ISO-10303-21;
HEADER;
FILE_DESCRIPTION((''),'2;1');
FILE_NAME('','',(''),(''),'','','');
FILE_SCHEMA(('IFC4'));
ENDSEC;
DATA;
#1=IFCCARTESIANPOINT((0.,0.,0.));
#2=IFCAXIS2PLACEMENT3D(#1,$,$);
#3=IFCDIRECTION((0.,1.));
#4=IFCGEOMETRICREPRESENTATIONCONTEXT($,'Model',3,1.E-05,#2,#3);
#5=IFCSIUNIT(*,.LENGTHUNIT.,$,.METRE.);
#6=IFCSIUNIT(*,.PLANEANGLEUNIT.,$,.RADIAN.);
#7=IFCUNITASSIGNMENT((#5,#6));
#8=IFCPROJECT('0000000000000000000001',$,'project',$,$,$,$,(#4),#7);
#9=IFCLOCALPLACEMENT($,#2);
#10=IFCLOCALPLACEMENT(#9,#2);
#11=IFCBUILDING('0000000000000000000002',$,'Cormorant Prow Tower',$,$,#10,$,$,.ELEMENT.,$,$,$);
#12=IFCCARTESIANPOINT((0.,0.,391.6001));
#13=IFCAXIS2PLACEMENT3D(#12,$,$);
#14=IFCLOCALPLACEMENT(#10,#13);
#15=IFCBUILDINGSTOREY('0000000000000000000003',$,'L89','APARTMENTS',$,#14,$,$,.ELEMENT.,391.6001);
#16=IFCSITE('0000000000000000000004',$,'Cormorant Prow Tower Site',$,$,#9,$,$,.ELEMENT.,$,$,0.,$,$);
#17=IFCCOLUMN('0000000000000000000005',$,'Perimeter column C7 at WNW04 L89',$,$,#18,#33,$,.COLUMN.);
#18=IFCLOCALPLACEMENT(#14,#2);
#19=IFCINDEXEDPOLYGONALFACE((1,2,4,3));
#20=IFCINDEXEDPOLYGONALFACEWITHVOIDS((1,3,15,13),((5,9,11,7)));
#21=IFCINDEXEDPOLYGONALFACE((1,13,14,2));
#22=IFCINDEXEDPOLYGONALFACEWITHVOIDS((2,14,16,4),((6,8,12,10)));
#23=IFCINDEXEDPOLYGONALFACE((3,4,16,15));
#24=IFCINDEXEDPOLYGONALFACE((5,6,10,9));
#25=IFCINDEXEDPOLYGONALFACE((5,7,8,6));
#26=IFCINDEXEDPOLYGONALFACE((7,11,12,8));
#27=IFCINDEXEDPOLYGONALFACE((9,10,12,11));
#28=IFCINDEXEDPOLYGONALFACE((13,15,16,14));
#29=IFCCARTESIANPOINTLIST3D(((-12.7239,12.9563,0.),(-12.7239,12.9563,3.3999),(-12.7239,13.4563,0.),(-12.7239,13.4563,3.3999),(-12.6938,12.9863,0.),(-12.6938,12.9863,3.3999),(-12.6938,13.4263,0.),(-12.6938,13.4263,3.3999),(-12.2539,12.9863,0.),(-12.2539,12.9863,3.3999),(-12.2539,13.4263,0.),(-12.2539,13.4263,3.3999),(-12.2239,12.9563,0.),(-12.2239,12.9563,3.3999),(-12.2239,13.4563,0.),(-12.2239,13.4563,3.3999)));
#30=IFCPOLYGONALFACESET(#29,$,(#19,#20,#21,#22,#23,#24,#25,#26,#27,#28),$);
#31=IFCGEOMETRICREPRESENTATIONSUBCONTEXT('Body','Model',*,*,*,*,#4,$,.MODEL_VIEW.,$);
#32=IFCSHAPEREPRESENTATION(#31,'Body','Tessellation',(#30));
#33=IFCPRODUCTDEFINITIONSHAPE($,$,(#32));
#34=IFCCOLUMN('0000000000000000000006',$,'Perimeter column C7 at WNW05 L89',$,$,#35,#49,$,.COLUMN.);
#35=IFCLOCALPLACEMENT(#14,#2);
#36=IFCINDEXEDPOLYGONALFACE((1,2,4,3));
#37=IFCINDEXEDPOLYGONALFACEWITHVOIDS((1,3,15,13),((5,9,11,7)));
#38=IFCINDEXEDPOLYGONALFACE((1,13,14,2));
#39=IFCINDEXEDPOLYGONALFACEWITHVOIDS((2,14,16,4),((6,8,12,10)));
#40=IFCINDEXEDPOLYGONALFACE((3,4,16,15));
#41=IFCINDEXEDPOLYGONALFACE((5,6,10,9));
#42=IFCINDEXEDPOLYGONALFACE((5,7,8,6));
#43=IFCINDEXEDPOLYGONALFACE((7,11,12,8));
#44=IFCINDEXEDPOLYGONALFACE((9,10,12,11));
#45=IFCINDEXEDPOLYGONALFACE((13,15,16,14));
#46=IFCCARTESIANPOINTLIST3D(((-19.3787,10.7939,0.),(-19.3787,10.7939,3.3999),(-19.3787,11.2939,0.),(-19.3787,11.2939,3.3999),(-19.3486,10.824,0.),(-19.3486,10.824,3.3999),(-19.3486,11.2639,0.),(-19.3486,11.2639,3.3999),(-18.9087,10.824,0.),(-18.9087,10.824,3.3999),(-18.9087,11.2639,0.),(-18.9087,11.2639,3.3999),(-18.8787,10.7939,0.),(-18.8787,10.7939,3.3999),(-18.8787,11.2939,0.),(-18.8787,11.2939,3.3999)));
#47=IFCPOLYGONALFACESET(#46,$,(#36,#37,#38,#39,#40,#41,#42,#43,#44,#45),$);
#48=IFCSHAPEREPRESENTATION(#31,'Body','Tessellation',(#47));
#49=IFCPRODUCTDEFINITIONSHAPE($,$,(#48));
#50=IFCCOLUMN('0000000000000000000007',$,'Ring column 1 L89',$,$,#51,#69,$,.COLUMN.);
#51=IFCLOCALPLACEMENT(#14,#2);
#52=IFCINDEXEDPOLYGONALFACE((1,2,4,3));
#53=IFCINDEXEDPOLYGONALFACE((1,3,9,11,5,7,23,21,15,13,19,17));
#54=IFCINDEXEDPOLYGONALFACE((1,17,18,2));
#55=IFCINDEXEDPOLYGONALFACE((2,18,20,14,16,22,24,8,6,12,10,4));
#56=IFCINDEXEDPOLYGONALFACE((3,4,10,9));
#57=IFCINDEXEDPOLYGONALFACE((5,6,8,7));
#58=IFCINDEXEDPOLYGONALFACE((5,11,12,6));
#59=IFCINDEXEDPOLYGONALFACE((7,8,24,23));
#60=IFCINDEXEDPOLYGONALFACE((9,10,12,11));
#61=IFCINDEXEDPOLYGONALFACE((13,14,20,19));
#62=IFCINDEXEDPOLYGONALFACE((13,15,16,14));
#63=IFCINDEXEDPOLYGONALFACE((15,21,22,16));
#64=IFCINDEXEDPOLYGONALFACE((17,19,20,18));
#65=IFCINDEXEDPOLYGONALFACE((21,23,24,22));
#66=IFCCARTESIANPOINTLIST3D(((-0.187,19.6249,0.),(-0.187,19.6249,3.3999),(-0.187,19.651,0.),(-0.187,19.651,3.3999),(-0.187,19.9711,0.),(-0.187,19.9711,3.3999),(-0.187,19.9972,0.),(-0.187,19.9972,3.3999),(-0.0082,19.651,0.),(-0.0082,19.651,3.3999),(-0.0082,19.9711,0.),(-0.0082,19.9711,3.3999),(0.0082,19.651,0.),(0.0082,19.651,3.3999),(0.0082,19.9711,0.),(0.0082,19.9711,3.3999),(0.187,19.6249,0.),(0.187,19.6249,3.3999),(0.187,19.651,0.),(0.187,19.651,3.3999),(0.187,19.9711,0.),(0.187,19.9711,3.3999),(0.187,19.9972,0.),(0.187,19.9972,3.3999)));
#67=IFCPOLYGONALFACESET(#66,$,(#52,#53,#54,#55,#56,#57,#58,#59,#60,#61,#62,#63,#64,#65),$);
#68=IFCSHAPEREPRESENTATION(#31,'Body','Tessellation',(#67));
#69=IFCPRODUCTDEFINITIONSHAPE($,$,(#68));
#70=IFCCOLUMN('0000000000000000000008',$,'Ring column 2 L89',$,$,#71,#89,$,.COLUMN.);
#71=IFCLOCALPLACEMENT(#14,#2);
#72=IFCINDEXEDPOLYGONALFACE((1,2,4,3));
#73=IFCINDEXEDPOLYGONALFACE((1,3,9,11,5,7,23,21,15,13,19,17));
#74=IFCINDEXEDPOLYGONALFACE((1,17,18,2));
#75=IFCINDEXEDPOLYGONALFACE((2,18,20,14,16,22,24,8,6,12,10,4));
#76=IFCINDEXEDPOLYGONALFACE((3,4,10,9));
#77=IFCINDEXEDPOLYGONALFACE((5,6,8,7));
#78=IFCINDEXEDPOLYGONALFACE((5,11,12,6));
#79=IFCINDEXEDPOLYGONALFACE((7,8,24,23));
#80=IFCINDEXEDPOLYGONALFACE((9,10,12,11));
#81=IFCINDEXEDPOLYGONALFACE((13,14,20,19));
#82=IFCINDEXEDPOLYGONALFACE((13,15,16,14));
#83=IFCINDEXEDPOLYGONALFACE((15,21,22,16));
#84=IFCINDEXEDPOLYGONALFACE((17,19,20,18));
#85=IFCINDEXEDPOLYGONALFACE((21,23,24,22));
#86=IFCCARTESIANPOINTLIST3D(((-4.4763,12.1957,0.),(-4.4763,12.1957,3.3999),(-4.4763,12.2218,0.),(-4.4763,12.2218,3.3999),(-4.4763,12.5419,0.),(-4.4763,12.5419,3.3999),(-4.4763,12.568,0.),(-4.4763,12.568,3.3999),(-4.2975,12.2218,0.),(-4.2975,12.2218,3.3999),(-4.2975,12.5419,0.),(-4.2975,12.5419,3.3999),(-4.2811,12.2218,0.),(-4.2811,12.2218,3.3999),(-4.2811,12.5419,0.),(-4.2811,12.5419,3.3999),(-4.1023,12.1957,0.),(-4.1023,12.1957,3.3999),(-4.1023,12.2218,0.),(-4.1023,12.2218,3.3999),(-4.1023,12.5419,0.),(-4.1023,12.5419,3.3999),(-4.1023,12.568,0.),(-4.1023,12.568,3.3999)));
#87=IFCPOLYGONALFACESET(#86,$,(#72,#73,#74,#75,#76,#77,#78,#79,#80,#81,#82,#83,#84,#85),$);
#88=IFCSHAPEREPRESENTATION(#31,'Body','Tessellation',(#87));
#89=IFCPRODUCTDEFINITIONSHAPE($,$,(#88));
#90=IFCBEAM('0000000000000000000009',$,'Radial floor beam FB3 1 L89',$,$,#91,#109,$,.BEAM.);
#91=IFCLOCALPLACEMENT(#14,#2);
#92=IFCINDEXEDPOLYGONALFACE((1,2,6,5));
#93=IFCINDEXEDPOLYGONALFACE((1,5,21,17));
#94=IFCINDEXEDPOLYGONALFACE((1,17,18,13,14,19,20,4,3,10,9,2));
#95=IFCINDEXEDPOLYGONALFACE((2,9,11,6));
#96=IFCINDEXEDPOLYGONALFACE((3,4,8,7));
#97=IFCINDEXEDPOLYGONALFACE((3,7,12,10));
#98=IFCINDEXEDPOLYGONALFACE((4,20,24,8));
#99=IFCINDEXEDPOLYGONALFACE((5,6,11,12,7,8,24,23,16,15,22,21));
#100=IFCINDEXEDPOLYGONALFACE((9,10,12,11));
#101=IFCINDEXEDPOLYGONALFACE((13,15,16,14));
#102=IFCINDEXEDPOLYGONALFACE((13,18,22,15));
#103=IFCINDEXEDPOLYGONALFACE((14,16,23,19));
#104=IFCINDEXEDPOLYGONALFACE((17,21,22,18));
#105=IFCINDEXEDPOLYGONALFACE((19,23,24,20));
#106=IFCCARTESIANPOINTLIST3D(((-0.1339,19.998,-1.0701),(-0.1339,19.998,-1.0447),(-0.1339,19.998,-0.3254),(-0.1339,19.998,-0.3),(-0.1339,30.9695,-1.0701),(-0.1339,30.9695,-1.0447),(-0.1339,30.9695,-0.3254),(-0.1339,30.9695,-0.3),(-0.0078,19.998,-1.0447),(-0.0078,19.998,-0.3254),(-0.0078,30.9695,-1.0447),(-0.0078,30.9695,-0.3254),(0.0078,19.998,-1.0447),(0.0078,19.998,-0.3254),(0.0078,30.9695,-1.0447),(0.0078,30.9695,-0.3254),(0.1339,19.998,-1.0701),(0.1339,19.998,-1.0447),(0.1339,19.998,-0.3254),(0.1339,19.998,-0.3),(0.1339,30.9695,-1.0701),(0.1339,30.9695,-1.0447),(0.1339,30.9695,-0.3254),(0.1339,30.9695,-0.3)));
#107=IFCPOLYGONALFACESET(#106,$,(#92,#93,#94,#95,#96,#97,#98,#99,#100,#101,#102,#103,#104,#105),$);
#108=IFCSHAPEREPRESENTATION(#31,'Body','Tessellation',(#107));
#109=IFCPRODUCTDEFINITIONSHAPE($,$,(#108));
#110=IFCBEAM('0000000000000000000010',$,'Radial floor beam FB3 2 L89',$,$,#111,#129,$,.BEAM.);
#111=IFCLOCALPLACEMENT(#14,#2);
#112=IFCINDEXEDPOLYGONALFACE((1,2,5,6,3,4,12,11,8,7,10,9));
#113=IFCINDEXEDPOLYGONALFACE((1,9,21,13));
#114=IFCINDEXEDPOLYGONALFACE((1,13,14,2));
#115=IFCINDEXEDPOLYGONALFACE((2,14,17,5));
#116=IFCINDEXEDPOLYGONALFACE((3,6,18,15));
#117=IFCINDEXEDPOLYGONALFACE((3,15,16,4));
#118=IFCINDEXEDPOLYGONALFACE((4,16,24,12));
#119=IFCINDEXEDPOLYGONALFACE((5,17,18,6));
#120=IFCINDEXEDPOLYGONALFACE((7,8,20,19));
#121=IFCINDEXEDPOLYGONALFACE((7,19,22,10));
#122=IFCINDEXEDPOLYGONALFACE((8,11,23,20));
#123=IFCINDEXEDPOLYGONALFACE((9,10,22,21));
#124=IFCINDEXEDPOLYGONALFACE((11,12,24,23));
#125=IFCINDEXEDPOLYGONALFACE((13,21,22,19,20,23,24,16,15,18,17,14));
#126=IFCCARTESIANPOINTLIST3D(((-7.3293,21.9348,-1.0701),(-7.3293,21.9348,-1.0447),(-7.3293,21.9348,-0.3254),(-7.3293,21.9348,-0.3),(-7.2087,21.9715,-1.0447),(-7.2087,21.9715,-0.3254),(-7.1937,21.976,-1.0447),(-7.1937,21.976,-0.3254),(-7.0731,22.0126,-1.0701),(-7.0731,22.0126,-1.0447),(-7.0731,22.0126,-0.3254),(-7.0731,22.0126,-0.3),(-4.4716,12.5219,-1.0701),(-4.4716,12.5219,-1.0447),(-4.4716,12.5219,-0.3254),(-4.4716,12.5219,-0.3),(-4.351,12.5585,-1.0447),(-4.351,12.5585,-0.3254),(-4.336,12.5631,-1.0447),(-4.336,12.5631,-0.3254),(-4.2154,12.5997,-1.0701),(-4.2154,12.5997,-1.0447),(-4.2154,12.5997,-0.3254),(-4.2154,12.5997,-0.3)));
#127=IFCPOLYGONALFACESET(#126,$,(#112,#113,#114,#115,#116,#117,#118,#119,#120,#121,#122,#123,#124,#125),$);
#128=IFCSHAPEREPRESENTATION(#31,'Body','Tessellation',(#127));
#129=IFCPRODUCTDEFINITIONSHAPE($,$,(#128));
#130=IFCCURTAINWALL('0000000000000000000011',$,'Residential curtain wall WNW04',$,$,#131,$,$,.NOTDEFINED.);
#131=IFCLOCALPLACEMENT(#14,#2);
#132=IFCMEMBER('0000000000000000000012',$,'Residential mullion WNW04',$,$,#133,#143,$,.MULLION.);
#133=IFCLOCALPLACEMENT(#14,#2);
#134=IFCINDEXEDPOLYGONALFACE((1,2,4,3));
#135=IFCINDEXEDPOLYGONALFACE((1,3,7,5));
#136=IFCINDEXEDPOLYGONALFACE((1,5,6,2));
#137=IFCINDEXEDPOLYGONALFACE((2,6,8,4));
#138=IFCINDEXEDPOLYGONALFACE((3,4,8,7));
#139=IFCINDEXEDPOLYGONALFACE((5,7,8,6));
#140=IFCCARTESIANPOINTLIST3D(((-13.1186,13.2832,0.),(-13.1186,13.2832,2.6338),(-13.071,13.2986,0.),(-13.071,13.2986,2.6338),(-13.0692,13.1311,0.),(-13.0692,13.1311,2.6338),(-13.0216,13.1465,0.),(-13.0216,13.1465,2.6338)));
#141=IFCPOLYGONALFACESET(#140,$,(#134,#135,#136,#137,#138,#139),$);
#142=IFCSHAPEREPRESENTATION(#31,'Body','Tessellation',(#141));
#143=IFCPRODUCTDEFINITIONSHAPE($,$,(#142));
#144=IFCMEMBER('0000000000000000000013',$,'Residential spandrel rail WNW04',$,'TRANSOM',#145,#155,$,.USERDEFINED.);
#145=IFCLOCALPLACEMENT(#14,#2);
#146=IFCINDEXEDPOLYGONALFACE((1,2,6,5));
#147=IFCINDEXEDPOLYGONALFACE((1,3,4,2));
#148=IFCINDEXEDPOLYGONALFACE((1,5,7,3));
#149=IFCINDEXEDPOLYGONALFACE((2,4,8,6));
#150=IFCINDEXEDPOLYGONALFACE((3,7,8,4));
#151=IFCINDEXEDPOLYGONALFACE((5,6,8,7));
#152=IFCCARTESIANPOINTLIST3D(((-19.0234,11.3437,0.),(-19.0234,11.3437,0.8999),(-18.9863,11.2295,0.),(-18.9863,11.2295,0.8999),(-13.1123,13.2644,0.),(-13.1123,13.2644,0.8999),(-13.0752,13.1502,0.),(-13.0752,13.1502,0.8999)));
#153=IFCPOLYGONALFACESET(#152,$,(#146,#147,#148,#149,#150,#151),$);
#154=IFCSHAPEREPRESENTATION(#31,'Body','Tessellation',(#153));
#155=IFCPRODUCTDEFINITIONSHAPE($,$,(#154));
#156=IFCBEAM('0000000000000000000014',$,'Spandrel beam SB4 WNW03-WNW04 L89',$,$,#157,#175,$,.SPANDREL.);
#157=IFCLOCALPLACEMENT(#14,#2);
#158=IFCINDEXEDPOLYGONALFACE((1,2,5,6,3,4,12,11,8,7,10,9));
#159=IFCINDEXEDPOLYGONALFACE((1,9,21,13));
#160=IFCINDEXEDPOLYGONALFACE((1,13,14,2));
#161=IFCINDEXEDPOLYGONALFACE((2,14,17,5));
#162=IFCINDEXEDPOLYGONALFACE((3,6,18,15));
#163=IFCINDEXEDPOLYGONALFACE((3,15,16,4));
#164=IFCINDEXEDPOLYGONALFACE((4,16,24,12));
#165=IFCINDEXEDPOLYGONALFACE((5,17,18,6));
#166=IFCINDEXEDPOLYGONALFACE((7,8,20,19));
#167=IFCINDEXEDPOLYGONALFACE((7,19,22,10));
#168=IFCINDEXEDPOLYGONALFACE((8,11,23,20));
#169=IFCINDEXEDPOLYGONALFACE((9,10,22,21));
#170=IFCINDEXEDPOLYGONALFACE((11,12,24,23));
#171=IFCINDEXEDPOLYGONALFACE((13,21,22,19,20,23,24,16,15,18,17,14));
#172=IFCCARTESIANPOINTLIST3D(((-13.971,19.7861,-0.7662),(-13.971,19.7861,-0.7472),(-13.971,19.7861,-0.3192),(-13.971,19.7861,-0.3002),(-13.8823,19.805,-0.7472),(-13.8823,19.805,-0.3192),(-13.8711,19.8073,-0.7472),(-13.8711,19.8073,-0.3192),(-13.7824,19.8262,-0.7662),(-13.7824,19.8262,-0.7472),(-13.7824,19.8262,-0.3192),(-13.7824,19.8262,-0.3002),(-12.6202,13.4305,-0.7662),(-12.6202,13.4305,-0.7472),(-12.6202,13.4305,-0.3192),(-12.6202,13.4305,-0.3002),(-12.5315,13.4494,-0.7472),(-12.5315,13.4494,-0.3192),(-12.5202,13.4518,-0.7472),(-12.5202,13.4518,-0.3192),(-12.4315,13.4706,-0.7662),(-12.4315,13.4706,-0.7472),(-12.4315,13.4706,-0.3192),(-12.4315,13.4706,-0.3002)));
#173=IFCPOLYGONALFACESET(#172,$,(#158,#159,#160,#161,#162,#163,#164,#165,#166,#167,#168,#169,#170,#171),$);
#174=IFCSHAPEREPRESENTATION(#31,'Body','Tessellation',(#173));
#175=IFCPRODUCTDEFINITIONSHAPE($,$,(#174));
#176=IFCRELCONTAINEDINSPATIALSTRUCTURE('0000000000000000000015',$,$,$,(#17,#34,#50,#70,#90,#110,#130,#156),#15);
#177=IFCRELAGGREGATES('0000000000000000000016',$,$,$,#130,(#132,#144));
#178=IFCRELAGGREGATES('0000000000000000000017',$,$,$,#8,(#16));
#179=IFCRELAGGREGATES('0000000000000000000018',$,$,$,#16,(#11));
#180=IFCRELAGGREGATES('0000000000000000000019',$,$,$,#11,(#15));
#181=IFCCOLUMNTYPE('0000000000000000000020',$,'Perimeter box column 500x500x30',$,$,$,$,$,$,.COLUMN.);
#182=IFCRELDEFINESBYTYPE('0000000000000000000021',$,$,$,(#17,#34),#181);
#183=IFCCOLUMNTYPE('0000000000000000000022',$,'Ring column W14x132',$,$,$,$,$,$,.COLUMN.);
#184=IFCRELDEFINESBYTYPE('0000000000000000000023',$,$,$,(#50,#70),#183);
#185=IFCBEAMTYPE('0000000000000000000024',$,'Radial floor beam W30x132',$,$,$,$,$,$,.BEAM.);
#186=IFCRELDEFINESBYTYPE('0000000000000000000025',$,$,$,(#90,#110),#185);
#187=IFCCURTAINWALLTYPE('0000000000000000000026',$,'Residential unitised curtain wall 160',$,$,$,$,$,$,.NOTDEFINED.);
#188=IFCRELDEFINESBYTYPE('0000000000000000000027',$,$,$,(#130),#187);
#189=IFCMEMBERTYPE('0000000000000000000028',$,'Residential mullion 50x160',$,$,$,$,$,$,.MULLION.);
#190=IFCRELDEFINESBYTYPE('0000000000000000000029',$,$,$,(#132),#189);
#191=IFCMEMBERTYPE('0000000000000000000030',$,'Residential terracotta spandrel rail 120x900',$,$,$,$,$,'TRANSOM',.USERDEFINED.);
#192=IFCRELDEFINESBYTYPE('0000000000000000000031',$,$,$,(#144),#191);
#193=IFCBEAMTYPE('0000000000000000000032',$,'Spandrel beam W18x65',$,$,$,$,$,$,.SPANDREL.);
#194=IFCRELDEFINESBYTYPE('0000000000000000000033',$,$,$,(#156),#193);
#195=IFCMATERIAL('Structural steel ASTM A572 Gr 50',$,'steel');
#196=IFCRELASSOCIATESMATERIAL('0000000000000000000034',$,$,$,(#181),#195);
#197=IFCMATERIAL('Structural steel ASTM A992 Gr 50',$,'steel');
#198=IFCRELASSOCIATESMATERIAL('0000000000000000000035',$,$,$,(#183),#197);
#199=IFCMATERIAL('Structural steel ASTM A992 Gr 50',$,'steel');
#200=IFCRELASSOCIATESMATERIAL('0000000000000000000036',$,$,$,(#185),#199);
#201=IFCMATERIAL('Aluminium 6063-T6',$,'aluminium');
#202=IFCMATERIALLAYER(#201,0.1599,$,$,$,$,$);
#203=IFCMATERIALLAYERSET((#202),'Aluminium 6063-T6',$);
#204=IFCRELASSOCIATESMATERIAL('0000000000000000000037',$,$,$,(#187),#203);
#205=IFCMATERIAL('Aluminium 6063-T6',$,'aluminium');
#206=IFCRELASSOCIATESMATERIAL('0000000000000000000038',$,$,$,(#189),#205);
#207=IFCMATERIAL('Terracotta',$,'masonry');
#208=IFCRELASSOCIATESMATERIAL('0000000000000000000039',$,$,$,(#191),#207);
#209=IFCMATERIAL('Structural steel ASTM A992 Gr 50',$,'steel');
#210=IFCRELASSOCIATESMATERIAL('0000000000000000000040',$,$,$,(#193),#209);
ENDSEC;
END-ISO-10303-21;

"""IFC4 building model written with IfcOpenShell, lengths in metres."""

from ifc_helpers import new_model, si_unit, direction, frame, origin, origin_2d, place, context, subcontext, project, spatial, rectangle, hollow_rectangle, i_section, extrude, material, layer, layer_set, material_profile, profile_set, type_object, element, aggregate, save


model = new_model("IFC4")

# Units and contexts
model_context = context("Model", 3, precision=1e-05, world=origin(), true_north=direction((0.0, 1.0)))
body_context = subcontext(model_context, "Body", "Model", "MODEL_VIEW")
ifc_project = project(units=[si_unit("LENGTHUNIT", "METRE"), si_unit("PLANEANGLEUNIT", "RADIAN")], contexts=[model_context])

# Site, building, storey
site_placement = place(None, origin())
site = spatial("IfcSite", under=ifc_project, at=site_placement, Name="Cormorant Prow Tower Site", CompositionType="ELEMENT", RefElevation=0.0)
building_placement = place(site_placement, origin())
building = spatial("IfcBuilding", under=site, at=building_placement, Name="Cormorant Prow Tower", CompositionType="ELEMENT")
storey_placement = place(building_placement, frame((0.0, 0.0, 391.6001)))
storey = spatial("IfcBuildingStorey", under=building, at=storey_placement, Name="L89", Description="APARTMENTS", CompositionType="ELEMENT", Elevation=391.6001)

# Columns
ifc_material_1 = material(Name="Structural steel ASTM A572 Gr 50", Category="steel")
ifc_material_profile_1 = material_profile(ifc_material_1, hollow_rectangle(XDim=0.5, YDim=0.5, WallThickness=0.03, at=origin_2d()), Name="Box 500x500x30")
ifc_profile_set_1 = profile_set([ifc_material_profile_1], Name="Structural steel ASTM A572 Gr 50")
column_type_1 = type_object("IfcColumnType", Name="Perimeter box column 500x500x30", PredefinedType="COLUMN", material=ifc_profile_set_1)
for number, where, z_axis, x_axis, name in (
    (1, (-12.4739, 13.2063, 0.0), (0.0, 0.0, 1.0), (1.0, 0.0, 0.0), "Perimeter column C7 at WNW04 L89"),
    (2, (-19.1287, 11.0439, 0.0), (0.0, 0.0, 1.0), (1.0, 0.0, 0.0), "Perimeter column C7 at WNW05 L89"),
):
    element("IfcColumn", number, at=place(storey_placement, frame(where, z_axis=z_axis, x_axis=x_axis)), inside=storey, type_object=column_type_1, Name=name, PredefinedType="COLUMN", context=body_context, shape_type="SweptSolid", body=[
        extrude(hollow_rectangle(XDim=0.5, YDim=0.5, WallThickness=0.03, at=origin_2d()), origin(), (0.0, 0.0, 1.0), 3.3999),
    ])
ifc_material_2 = material(Name="Structural steel ASTM A992 Gr 50", Category="steel")
ifc_material_profile_2 = material_profile(ifc_material_2, i_section(OverallWidth=0.374, OverallDepth=0.3723, WebThickness=0.0164, FlangeThickness=0.0261, at=origin_2d()), Name="W14x132")
ifc_profile_set_2 = profile_set([ifc_material_profile_2], Name="Structural steel ASTM A992 Gr 50")
column_type_2 = type_object("IfcColumnType", Name="Ring column W14x132", PredefinedType="COLUMN", material=ifc_profile_set_2)
for number, where, z_axis, x_axis, name in (
    (3, (0.0, 19.811, 0.0), (0.0, 0.0, 1.0), (1.0, 0.0, 0.0), "Ring column 1 L89"),
    (4, (-4.2893, 12.3818, 0.0), (0.0, 0.0, 1.0), (1.0, 0.0, 0.0), "Ring column 2 L89"),
):
    element("IfcColumn", number, at=place(storey_placement, frame(where, z_axis=z_axis, x_axis=x_axis)), inside=storey, type_object=column_type_2, Name=name, PredefinedType="COLUMN", context=body_context, shape_type="SweptSolid", body=[
        extrude(i_section(OverallWidth=0.374, OverallDepth=0.3723, WebThickness=0.0164, FlangeThickness=0.0261, at=origin_2d()), origin(), (0.0, 0.0, 1.0), 3.3999),
    ])

# Beams
ifc_material_3 = material(Name="Structural steel ASTM A992 Gr 50", Category="steel")
ifc_material_profile_3 = material_profile(ifc_material_3, i_section(OverallWidth=0.2678, OverallDepth=0.77, WebThickness=0.0156, FlangeThickness=0.0254, at=origin_2d()), Name="W30x132")
ifc_profile_set_3 = profile_set([ifc_material_profile_3], Name="Structural steel ASTM A992 Gr 50")
beam_type_1 = type_object("IfcBeamType", Name="Radial floor beam W30x132", PredefinedType="BEAM", material=ifc_profile_set_3)
beam_1_placement = place(storey_placement, frame((0.0, 19.998, -0.6851), z_axis=(0.0, 1.0, 0.0), x_axis=(-1.0, 0.0, 0.0)))
element("IfcBeam", 5, at=beam_1_placement, inside=storey, type_object=beam_type_1, Name="Radial floor beam FB3 1 L89", PredefinedType="BEAM", context=body_context, shape_type="SweptSolid", body=[
    extrude(i_section(OverallWidth=0.2678, OverallDepth=0.77, WebThickness=0.0156, FlangeThickness=0.0254, at=origin_2d()), origin(), (0.0, 0.0, 1.0), 10.9714),
])
beam_2_placement = place(storey_placement, frame((-4.3435, 12.5608, -0.6851), z_axis=(-0.2905, 0.956875, 0.0), x_axis=(-0.956875, -0.2905, 0.0)))
element("IfcBeam", 6, at=beam_2_placement, inside=storey, type_object=beam_type_1, Name="Radial floor beam FB3 2 L89", PredefinedType="BEAM", context=body_context, shape_type="SweptSolid", body=[
    extrude(i_section(OverallWidth=0.2678, OverallDepth=0.77, WebThickness=0.0156, FlangeThickness=0.0254, at=origin_2d()), origin(), (0.0, 0.0, 1.0), 9.8372),
])

# Curtain wall, members
ifc_material_4 = material(Name="Aluminium 6063-T6", Category="aluminium")
ifc_layer_1 = layer(ifc_material_4, 0.1599)
ifc_layer_set_1 = layer_set([ifc_layer_1], Name="Aluminium 6063-T6")
curtain_wall_type = type_object("IfcCurtainWallType", Name="Residential unitised curtain wall 160", PredefinedType="NOTDEFINED", material=ifc_layer_set_1)
curtain_wall_placement = place(storey_placement, origin())
curtain_wall = element("IfcCurtainWall", 7, at=curtain_wall_placement, inside=storey, type_object=curtain_wall_type, Name="Residential curtain wall WNW04", PredefinedType="NOTDEFINED")
ifc_material_5 = material(Name="Aluminium 6063-T6", Category="aluminium")
ifc_material_profile_4 = material_profile(ifc_material_5, rectangle(XDim=0.1599, YDim=0.05, at=origin_2d()), Name="Residential mullion 50x160")
ifc_profile_set_4 = profile_set([ifc_material_profile_4], Name="Aluminium 6063-T6")
member_type_1 = type_object("IfcMemberType", Name="Residential mullion 50x160", PredefinedType="MULLION", material=ifc_profile_set_4)
member_1_placement = place(storey_placement, frame((-13.0701, 13.2148, 0.0), z_axis=(0.0, 0.0, 1.0), x_axis=(0.309017, -0.951056, 0.0)))
member_1 = element("IfcMember", 8, at=member_1_placement, type_object=member_type_1, Name="Residential mullion WNW04", PredefinedType="MULLION", context=body_context, shape_type="SweptSolid", body=[
    extrude(rectangle(XDim=0.1599, YDim=0.05, at=origin_2d()), origin(), (0.0, 0.0, 1.0), 2.6338),
])
ifc_material_6 = material(Name="Terracotta", Category="masonry")
ifc_material_profile_5 = material_profile(ifc_material_6, rectangle(XDim=0.1201, YDim=0.8999, at=origin_2d()), Name="Residential terracotta spandrel rail 120x900")
ifc_profile_set_5 = profile_set([ifc_material_profile_5], Name="Terracotta")
member_type_2 = type_object("IfcMemberType", Name="Residential terracotta spandrel rail 120x900", ElementType="TRANSOM", PredefinedType="USERDEFINED", material=ifc_profile_set_5)
member_2_placement = place(storey_placement, frame((-13.0938, 13.2073, 0.45), z_axis=(-0.951056, -0.309019, 0.0), x_axis=(0.309019, -0.951056, 0.0)))
member_2 = element("IfcMember", 9, at=member_2_placement, type_object=member_type_2, Name="Residential spandrel rail WNW04", ObjectType="TRANSOM", PredefinedType="USERDEFINED", context=body_context, shape_type="SweptSolid", body=[
    extrude(rectangle(XDim=0.1201, YDim=0.8999, at=origin_2d()), origin(), (0.0, 0.0, 1.0), 6.2153),
])

# Beam
ifc_material_7 = material(Name="Structural steel ASTM A992 Gr 50", Category="steel")
ifc_material_profile_6 = material_profile(ifc_material_7, i_section(OverallWidth=0.1929, OverallDepth=0.4661, WebThickness=0.0115, FlangeThickness=0.019, at=origin_2d()), Name="W18x65")
ifc_profile_set_6 = profile_set([ifc_material_profile_6], Name="Structural steel ASTM A992 Gr 50")
beam_type_2 = type_object("IfcBeamType", Name="Spandrel beam W18x65", PredefinedType="SPANDREL", material=ifc_profile_set_6)
beam_3_placement = place(storey_placement, frame((-13.8767, 19.8062, -0.5332), z_axis=(0.207902, -0.97815, 0.0), x_axis=(0.97815, 0.207902, 0.0)))
element("IfcBeam", 10, at=beam_3_placement, inside=storey, type_object=beam_type_2, Name="Spandrel beam SB4 WNW03-WNW04 L89", PredefinedType="SPANDREL", context=body_context, shape_type="SweptSolid", body=[
    extrude(i_section(OverallWidth=0.1929, OverallDepth=0.4661, WebThickness=0.0115, FlangeThickness=0.019, at=origin_2d()), origin(), (0.0, 0.0, 1.0), 6.4976),
])

aggregate(curtain_wall, [member_1, member_2])

save(model, "model.ifc")
